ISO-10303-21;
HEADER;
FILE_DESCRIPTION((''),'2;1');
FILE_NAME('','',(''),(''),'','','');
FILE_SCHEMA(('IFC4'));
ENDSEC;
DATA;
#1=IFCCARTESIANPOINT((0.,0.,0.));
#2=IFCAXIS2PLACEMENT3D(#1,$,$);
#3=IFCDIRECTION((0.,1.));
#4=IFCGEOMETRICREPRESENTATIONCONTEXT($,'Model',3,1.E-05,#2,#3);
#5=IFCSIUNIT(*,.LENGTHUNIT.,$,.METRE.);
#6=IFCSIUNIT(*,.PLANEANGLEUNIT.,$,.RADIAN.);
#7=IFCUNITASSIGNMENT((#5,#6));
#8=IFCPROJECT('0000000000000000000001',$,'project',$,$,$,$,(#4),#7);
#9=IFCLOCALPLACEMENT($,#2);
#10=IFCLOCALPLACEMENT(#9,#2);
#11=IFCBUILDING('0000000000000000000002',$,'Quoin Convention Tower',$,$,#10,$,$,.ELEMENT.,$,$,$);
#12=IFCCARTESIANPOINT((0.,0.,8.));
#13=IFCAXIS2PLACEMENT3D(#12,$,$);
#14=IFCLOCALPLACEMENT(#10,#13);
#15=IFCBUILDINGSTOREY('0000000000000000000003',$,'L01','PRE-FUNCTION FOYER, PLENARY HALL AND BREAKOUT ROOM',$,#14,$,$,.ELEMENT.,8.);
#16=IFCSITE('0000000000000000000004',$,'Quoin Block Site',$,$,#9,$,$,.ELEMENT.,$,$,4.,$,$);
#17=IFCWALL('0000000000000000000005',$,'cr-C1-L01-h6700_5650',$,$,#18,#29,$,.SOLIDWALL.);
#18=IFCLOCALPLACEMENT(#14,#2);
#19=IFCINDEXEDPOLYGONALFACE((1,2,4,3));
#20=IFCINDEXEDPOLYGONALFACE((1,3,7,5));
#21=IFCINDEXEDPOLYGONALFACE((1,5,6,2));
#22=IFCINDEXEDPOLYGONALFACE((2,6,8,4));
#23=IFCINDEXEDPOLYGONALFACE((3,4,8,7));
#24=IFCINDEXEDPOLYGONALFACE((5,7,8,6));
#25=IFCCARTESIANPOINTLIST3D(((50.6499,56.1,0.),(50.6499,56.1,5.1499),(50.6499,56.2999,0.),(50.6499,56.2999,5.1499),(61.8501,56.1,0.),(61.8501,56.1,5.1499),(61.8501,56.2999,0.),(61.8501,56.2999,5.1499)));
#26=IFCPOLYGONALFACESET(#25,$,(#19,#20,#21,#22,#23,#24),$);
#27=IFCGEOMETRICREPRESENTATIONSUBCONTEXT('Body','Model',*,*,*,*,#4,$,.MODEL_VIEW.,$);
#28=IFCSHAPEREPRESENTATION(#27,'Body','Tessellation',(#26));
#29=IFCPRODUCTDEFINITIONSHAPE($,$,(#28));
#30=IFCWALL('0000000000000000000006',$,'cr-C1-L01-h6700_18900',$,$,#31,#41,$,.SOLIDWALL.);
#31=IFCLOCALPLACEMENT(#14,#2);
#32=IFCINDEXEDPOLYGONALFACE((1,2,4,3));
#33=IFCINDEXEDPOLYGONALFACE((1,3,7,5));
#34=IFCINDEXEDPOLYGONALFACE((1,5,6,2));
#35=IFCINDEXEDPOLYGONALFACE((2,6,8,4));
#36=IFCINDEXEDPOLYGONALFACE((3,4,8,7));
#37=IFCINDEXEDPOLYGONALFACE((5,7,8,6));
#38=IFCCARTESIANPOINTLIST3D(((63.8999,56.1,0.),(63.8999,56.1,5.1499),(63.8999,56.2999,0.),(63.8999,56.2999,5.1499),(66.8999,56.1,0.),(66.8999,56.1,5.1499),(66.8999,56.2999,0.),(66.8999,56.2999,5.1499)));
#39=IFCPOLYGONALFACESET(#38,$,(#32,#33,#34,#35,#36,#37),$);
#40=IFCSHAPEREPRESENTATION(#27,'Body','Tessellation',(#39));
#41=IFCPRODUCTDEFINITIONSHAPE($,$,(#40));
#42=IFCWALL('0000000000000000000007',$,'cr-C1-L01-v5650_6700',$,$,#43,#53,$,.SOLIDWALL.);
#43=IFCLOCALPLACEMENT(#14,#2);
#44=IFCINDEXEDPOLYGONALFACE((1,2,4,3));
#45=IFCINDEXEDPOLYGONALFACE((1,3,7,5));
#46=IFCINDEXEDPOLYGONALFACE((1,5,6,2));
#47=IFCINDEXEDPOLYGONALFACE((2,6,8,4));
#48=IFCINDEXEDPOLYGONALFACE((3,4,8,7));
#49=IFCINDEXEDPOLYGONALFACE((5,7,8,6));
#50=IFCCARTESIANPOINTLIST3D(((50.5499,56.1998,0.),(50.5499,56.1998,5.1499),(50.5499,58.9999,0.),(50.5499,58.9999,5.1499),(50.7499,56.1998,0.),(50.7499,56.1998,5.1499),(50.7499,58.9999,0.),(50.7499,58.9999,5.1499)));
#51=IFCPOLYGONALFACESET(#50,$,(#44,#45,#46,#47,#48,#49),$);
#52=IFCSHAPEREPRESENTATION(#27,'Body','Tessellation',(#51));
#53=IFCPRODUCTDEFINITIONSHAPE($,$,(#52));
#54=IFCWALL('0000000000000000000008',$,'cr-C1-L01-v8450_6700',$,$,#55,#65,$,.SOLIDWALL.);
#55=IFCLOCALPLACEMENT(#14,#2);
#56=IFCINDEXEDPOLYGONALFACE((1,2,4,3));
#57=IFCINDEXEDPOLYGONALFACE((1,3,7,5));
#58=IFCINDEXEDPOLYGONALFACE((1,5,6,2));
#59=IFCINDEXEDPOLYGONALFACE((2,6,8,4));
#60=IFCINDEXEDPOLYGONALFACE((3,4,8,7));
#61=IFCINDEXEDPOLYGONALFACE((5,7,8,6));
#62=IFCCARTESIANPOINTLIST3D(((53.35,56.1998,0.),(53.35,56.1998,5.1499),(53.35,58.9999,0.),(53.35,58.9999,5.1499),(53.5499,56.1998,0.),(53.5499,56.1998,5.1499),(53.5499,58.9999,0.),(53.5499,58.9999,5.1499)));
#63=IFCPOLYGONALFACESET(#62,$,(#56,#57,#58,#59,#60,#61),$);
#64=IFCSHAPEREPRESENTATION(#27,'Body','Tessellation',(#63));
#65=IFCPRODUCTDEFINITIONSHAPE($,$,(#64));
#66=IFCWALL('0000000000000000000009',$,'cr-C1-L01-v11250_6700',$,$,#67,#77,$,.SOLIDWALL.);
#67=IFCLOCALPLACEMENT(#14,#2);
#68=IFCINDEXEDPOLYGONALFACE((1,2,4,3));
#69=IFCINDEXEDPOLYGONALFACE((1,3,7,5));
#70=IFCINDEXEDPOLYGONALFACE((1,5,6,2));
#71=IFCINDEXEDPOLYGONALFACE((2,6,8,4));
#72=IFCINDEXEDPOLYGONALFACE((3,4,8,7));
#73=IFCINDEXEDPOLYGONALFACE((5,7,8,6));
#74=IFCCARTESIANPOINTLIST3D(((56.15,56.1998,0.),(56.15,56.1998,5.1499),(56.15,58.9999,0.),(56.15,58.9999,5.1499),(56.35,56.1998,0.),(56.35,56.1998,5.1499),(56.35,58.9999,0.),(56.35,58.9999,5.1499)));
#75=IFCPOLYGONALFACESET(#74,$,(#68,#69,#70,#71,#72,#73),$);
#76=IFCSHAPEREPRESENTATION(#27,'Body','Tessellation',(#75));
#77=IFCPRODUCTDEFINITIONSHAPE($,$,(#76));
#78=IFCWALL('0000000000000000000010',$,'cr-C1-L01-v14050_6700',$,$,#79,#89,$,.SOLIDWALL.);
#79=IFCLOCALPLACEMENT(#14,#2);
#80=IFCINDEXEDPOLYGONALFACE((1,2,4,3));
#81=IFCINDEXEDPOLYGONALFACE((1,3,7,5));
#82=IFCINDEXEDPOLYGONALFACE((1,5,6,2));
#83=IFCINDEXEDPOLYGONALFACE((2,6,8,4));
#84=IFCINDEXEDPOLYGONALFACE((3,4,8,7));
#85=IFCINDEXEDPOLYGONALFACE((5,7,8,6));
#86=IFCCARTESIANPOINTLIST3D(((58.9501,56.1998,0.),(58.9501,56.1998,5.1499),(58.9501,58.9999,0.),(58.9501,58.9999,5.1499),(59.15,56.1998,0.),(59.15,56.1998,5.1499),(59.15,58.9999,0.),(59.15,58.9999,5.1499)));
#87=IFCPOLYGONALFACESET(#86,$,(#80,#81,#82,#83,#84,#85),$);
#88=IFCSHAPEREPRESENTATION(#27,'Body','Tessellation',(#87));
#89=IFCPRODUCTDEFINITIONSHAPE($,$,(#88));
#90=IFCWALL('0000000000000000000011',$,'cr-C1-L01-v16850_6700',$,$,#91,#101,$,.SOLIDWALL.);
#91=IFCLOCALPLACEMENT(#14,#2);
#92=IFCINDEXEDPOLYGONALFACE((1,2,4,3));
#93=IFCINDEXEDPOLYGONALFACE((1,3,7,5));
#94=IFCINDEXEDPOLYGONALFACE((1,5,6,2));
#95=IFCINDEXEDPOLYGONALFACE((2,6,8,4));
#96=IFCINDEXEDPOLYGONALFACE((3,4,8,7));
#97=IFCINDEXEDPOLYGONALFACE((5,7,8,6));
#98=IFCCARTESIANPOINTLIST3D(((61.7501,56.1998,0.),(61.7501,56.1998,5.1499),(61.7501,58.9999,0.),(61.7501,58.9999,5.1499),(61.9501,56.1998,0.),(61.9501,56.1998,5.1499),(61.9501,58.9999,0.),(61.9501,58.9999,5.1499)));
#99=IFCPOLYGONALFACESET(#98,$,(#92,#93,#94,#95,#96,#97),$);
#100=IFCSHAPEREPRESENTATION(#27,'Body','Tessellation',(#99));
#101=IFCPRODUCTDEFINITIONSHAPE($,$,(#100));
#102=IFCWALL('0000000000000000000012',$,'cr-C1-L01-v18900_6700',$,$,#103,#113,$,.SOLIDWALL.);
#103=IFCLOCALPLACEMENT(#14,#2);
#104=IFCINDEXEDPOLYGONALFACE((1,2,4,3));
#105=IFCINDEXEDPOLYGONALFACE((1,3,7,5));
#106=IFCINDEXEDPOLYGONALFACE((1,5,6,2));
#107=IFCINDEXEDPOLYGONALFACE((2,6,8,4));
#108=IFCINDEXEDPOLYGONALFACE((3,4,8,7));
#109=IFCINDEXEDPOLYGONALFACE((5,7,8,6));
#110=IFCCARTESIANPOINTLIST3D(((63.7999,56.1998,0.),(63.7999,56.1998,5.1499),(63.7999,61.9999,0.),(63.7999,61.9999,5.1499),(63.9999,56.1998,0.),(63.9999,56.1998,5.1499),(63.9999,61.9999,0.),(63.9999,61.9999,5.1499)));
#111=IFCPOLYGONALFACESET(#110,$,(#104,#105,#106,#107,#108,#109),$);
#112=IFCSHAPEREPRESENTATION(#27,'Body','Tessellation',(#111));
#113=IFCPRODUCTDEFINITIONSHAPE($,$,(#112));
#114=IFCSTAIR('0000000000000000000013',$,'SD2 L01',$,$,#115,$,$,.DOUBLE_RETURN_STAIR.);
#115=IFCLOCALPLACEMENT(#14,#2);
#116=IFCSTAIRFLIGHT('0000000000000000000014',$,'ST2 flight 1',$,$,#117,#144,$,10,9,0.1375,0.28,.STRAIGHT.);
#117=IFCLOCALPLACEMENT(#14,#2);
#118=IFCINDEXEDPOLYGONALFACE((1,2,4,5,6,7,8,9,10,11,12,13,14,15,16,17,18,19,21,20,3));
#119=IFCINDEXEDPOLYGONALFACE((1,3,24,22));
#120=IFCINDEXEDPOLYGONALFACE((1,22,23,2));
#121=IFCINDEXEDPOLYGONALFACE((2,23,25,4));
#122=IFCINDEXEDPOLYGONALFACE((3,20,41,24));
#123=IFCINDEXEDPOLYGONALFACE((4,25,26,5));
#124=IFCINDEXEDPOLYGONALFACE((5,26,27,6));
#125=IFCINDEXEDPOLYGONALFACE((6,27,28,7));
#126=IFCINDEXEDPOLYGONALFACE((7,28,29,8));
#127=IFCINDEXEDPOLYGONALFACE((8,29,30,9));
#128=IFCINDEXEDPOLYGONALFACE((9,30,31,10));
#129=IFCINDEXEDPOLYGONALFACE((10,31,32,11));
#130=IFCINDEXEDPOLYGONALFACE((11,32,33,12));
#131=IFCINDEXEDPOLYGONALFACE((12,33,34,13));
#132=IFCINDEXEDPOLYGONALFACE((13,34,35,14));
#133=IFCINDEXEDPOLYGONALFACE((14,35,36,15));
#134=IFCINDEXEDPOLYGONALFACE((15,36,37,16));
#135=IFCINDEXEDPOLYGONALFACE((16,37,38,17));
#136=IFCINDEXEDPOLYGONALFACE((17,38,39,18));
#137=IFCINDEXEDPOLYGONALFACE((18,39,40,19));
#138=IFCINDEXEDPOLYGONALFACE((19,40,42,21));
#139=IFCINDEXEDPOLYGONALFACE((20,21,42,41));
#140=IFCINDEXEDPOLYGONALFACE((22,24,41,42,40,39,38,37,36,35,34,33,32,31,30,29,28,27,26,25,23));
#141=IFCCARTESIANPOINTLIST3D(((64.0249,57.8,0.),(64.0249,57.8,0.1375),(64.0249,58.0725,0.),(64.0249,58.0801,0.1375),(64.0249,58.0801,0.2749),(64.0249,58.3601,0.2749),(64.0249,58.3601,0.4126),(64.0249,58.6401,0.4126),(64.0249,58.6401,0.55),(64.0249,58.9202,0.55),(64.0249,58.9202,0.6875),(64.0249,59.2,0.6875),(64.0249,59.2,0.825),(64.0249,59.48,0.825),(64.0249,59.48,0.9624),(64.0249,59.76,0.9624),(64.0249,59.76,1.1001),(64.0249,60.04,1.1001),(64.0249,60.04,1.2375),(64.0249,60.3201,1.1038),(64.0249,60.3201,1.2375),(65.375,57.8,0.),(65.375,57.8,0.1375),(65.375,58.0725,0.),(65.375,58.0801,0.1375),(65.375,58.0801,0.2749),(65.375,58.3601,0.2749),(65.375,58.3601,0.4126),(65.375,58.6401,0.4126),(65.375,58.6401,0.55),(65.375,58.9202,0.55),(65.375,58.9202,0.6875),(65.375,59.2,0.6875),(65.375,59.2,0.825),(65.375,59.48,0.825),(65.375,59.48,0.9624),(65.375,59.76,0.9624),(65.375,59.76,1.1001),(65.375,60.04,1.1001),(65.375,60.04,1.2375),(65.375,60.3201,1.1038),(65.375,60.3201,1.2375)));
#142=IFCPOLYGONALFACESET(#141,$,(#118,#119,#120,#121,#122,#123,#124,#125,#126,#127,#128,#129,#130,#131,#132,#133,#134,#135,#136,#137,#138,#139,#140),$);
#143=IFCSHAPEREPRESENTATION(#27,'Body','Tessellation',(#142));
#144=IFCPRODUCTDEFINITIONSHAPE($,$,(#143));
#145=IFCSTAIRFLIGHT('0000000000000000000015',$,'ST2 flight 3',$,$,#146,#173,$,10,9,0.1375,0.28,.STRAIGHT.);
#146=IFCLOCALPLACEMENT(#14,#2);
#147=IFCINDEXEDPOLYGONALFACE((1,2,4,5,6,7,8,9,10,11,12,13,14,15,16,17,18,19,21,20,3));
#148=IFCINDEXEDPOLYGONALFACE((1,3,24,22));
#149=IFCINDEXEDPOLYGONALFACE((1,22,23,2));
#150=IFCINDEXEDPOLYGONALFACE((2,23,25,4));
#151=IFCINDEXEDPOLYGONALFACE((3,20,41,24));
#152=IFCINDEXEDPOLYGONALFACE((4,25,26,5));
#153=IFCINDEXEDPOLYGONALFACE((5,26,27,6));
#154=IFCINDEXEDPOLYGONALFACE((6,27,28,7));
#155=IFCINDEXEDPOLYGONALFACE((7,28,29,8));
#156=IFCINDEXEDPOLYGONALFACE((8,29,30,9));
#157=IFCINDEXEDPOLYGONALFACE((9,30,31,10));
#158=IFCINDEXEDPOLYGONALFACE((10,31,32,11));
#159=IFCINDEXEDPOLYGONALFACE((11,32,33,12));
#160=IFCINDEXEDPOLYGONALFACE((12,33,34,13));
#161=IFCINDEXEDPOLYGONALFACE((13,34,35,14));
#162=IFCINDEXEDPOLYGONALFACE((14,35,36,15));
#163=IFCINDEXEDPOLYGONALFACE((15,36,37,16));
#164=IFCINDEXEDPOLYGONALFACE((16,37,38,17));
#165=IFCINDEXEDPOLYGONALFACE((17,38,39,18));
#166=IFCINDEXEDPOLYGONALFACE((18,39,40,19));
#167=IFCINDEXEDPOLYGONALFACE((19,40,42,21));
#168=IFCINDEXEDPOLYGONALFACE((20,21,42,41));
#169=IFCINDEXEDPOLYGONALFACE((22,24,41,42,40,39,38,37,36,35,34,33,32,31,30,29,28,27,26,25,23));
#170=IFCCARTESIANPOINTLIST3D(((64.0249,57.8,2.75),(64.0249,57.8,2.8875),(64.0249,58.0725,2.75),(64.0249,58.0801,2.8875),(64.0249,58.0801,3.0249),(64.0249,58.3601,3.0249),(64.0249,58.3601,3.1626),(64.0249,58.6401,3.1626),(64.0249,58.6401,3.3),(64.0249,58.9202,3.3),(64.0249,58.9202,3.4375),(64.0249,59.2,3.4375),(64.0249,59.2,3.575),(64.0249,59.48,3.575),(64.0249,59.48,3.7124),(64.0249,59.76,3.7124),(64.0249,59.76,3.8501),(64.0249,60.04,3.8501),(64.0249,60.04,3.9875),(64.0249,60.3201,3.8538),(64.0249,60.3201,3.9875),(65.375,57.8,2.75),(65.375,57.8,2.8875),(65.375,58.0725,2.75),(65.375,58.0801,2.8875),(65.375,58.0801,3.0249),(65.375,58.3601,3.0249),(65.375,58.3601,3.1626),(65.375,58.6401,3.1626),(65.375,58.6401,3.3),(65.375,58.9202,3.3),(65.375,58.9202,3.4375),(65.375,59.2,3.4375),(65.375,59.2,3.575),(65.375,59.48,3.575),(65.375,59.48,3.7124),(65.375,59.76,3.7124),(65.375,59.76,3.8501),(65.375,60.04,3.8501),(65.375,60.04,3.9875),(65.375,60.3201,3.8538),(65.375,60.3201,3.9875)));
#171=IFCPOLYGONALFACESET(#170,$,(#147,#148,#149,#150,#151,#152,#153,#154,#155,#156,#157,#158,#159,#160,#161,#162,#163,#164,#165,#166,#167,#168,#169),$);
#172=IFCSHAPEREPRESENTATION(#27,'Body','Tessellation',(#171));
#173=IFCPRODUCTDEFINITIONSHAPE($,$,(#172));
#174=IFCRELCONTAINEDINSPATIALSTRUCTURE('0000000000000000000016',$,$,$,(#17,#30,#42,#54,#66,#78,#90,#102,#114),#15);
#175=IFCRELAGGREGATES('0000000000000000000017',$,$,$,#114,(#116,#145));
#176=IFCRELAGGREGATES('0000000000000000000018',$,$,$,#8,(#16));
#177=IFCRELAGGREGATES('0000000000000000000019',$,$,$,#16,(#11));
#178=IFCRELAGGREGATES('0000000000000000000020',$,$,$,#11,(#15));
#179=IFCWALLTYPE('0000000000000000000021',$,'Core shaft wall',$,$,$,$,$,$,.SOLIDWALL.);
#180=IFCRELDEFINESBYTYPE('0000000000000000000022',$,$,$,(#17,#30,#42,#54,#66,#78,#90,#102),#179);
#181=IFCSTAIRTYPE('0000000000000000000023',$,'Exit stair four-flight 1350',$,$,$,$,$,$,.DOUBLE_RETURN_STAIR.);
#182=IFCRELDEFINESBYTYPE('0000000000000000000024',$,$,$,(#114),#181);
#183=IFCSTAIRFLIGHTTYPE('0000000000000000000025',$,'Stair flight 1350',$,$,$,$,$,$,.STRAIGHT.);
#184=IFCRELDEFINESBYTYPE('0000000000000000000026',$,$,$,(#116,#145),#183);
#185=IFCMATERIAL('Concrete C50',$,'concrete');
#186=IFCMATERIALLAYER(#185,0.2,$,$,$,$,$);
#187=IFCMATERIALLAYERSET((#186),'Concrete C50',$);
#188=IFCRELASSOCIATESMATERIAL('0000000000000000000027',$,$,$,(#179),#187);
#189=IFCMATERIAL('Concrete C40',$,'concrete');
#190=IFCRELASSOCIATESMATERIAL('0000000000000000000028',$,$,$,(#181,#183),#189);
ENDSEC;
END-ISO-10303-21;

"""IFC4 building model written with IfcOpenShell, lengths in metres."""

from ifc_helpers import new_model, si_unit, direction, frame, frame_2d, origin, place, context, subcontext, project, spatial, polyline, rectangle, outline, extrude, material, layer, layer_set, type_object, element, aggregate, save


model = new_model("IFC4")

# Units and contexts
model_context = context("Model", 3, precision=1e-05, world=origin(), true_north=direction((0.0, 1.0)))
body_context = subcontext(model_context, "Body", "Model", "MODEL_VIEW")
ifc_project = project(units=[si_unit("LENGTHUNIT", "METRE"), si_unit("PLANEANGLEUNIT", "RADIAN")], contexts=[model_context])

# Site, building, storey
site_placement = place(None, origin())
site = spatial("IfcSite", under=ifc_project, at=site_placement, Name="Quoin Block Site", CompositionType="ELEMENT", RefElevation=4.0)
building_placement = place(site_placement, origin())
building = spatial("IfcBuilding", under=site, at=building_placement, Name="Quoin Convention Tower", CompositionType="ELEMENT")
storey_placement = place(building_placement, frame((0.0, 0.0, 8.0)))
storey = spatial("IfcBuildingStorey", under=building, at=storey_placement, Name="L01", Description="PRE-FUNCTION FOYER, PLENARY HALL AND BREAKOUT ROOM", CompositionType="ELEMENT", Elevation=8.0)

# Shared definitions
ifc_material_1 = material(Name="Concrete C50", Category="concrete")
ifc_layer_1 = layer(ifc_material_1, 0.2)
ifc_layer_set_1 = layer_set([ifc_layer_1], Name="Concrete C50")
wall_type_1 = type_object("IfcWallType", Name="Core shaft wall", PredefinedType="SOLIDWALL", material=ifc_layer_set_1)

# Walls
wall_1_placement = place(storey_placement, frame((50.6499, 56.2, 0.0), z_axis=(0.0, 0.0, 1.0), x_axis=(1.0, 0.0, 0.0)))
element("IfcWall", 1, at=wall_1_placement, inside=storey, type_object=wall_type_1, Name="cr-C1-L01-h6700_5650", PredefinedType="SOLIDWALL", context=body_context, shape_type="SweptSolid", body=[
    extrude(rectangle(XDim=11.2002, YDim=0.2, at=frame_2d((5.6001, 0.0))), origin(), (0.0, 0.0, 1.0), 5.1499),
])
wall_2_placement = place(storey_placement, frame((63.8999, 56.2, 0.0), z_axis=(0.0, 0.0, 1.0), x_axis=(1.0, 0.0, 0.0)))
element("IfcWall", 2, at=wall_2_placement, inside=storey, type_object=wall_type_1, Name="cr-C1-L01-h6700_18900", PredefinedType="SOLIDWALL", context=body_context, shape_type="SweptSolid", body=[
    extrude(rectangle(XDim=3.0, YDim=0.2, at=frame_2d((1.5, 0.0))), origin(), (0.0, 0.0, 1.0), 5.1499),
])
for number, where, z_axis, x_axis, name in (
    (3, (50.6499, 56.2, 0.0), (0.0, 0.0, 1.0), (0.0, 1.0, 0.0), "cr-C1-L01-v5650_6700"),
    (4, (53.45, 56.2, 0.0), (0.0, 0.0, 1.0), (0.0, 1.0, 0.0), "cr-C1-L01-v8450_6700"),
    (5, (56.25, 56.2, 0.0), (0.0, 0.0, 1.0), (0.0, 1.0, 0.0), "cr-C1-L01-v11250_6700"),
    (6, (59.05, 56.2, 0.0), (0.0, 0.0, 1.0), (0.0, 1.0, 0.0), "cr-C1-L01-v14050_6700"),
    (7, (61.8501, 56.2, 0.0), (0.0, 0.0, 1.0), (0.0, 1.0, 0.0), "cr-C1-L01-v16850_6700"),
):
    element("IfcWall", number, at=place(storey_placement, frame(where, z_axis=z_axis, x_axis=x_axis)), inside=storey, type_object=wall_type_1, Name=name, PredefinedType="SOLIDWALL", context=body_context, shape_type="SweptSolid", body=[
        extrude(rectangle(XDim=2.8, YDim=0.2, at=frame_2d((1.3999, 0.0))), origin(), (0.0, 0.0, 1.0), 5.1499),
    ])
wall_3_placement = place(storey_placement, frame((63.8999, 56.2, 0.0), z_axis=(0.0, 0.0, 1.0), x_axis=(0.0, 1.0, 0.0)))
element("IfcWall", 8, at=wall_3_placement, inside=storey, type_object=wall_type_1, Name="cr-C1-L01-v18900_6700", PredefinedType="SOLIDWALL", context=body_context, shape_type="SweptSolid", body=[
    extrude(rectangle(XDim=5.8, YDim=0.2, at=frame_2d((2.8999, 0.0))), origin(), (0.0, 0.0, 1.0), 5.1499),
])

# Stair, stair flights
ifc_material_2 = material(Name="Concrete C40", Category="concrete")
stair_type = type_object("IfcStairType", Name="Exit stair four-flight 1350", PredefinedType="DOUBLE_RETURN_STAIR", material=ifc_material_2)
stair_placement = place(storey_placement, origin())
stair = element("IfcStair", 9, at=stair_placement, inside=storey, type_object=stair_type, Name="SD2 L01", PredefinedType="DOUBLE_RETURN_STAIR")
stair_flight_type = type_object("IfcStairFlightType", Name="Stair flight 1350", PredefinedType="STRAIGHT", material=ifc_material_2)
stair_flight_1_placement = place(storey_placement, frame((64.7, 57.8, 0.0), z_axis=(0.0, 0.0, 1.0), x_axis=(0.0, 1.0, 0.0)))
stair_flight_1 = element("IfcStairFlight", 10, at=stair_flight_1_placement, type_object=stair_flight_type, Name="ST2 flight 1", NumberOfRisers=10, NumberOfTreads=9, PredefinedType="STRAIGHT", RiserHeight=0.1375, TreadLength=0.28, context=body_context, shape_type="SweptSolid", body=[
    extrude(outline(polyline([(0.0, 0.0), (0.0, 0.1375), (0.28, 0.1375), (0.28, 0.2749), (0.5601, 0.2749), (0.5601, 0.4126), (0.8401, 0.4126), (0.8401, 0.55), (1.1201, 0.55), (1.1201, 0.6875), (1.3999, 0.6875), (1.3999, 0.825), (1.6799, 0.825), (1.6799, 0.9624), (1.96, 0.9624), (1.96, 1.1001), (2.24, 1.1001), (2.24, 1.2375), (2.52, 1.2375), (2.52, 1.375), (2.52, 1.1038), (0.2725, 0.0), (0.0, 0.0)])), frame((0.0, 0.675, 0.0), z_axis=(0.0, -1.0, 0.0), x_axis=(1.0, 0.0, 0.0)), (0.0, 0.0, 1.0), 1.3501),
])
stair_flight_2_placement = place(storey_placement, frame((64.7, 57.8, 2.75), z_axis=(0.0, 0.0, 1.0), x_axis=(0.0, 1.0, 0.0)))
stair_flight_2 = element("IfcStairFlight", 11, at=stair_flight_2_placement, type_object=stair_flight_type, Name="ST2 flight 3", NumberOfRisers=10, NumberOfTreads=9, PredefinedType="STRAIGHT", RiserHeight=0.1375, TreadLength=0.28, context=body_context, shape_type="SweptSolid", body=[
    extrude(outline(polyline([(0.0, 0.0), (0.0, 0.1375), (0.28, 0.1375), (0.28, 0.2749), (0.5601, 0.2749), (0.5601, 0.4126), (0.8401, 0.4126), (0.8401, 0.55), (1.1201, 0.55), (1.1201, 0.6875), (1.3999, 0.6875), (1.3999, 0.825), (1.6799, 0.825), (1.6799, 0.9624), (1.96, 0.9624), (1.96, 1.1001), (2.24, 1.1001), (2.24, 1.2375), (2.52, 1.2375), (2.52, 1.375), (2.52, 1.1038), (0.2725, 0.0), (0.0, 0.0)])), frame((0.0, 0.675, 0.0), z_axis=(0.0, -1.0, 0.0), x_axis=(1.0, 0.0, 0.0)), (0.0, 0.0, 1.0), 1.3501),
])
aggregate(stair, [stair_flight_1, stair_flight_2])

save(model, "model.ifc")
